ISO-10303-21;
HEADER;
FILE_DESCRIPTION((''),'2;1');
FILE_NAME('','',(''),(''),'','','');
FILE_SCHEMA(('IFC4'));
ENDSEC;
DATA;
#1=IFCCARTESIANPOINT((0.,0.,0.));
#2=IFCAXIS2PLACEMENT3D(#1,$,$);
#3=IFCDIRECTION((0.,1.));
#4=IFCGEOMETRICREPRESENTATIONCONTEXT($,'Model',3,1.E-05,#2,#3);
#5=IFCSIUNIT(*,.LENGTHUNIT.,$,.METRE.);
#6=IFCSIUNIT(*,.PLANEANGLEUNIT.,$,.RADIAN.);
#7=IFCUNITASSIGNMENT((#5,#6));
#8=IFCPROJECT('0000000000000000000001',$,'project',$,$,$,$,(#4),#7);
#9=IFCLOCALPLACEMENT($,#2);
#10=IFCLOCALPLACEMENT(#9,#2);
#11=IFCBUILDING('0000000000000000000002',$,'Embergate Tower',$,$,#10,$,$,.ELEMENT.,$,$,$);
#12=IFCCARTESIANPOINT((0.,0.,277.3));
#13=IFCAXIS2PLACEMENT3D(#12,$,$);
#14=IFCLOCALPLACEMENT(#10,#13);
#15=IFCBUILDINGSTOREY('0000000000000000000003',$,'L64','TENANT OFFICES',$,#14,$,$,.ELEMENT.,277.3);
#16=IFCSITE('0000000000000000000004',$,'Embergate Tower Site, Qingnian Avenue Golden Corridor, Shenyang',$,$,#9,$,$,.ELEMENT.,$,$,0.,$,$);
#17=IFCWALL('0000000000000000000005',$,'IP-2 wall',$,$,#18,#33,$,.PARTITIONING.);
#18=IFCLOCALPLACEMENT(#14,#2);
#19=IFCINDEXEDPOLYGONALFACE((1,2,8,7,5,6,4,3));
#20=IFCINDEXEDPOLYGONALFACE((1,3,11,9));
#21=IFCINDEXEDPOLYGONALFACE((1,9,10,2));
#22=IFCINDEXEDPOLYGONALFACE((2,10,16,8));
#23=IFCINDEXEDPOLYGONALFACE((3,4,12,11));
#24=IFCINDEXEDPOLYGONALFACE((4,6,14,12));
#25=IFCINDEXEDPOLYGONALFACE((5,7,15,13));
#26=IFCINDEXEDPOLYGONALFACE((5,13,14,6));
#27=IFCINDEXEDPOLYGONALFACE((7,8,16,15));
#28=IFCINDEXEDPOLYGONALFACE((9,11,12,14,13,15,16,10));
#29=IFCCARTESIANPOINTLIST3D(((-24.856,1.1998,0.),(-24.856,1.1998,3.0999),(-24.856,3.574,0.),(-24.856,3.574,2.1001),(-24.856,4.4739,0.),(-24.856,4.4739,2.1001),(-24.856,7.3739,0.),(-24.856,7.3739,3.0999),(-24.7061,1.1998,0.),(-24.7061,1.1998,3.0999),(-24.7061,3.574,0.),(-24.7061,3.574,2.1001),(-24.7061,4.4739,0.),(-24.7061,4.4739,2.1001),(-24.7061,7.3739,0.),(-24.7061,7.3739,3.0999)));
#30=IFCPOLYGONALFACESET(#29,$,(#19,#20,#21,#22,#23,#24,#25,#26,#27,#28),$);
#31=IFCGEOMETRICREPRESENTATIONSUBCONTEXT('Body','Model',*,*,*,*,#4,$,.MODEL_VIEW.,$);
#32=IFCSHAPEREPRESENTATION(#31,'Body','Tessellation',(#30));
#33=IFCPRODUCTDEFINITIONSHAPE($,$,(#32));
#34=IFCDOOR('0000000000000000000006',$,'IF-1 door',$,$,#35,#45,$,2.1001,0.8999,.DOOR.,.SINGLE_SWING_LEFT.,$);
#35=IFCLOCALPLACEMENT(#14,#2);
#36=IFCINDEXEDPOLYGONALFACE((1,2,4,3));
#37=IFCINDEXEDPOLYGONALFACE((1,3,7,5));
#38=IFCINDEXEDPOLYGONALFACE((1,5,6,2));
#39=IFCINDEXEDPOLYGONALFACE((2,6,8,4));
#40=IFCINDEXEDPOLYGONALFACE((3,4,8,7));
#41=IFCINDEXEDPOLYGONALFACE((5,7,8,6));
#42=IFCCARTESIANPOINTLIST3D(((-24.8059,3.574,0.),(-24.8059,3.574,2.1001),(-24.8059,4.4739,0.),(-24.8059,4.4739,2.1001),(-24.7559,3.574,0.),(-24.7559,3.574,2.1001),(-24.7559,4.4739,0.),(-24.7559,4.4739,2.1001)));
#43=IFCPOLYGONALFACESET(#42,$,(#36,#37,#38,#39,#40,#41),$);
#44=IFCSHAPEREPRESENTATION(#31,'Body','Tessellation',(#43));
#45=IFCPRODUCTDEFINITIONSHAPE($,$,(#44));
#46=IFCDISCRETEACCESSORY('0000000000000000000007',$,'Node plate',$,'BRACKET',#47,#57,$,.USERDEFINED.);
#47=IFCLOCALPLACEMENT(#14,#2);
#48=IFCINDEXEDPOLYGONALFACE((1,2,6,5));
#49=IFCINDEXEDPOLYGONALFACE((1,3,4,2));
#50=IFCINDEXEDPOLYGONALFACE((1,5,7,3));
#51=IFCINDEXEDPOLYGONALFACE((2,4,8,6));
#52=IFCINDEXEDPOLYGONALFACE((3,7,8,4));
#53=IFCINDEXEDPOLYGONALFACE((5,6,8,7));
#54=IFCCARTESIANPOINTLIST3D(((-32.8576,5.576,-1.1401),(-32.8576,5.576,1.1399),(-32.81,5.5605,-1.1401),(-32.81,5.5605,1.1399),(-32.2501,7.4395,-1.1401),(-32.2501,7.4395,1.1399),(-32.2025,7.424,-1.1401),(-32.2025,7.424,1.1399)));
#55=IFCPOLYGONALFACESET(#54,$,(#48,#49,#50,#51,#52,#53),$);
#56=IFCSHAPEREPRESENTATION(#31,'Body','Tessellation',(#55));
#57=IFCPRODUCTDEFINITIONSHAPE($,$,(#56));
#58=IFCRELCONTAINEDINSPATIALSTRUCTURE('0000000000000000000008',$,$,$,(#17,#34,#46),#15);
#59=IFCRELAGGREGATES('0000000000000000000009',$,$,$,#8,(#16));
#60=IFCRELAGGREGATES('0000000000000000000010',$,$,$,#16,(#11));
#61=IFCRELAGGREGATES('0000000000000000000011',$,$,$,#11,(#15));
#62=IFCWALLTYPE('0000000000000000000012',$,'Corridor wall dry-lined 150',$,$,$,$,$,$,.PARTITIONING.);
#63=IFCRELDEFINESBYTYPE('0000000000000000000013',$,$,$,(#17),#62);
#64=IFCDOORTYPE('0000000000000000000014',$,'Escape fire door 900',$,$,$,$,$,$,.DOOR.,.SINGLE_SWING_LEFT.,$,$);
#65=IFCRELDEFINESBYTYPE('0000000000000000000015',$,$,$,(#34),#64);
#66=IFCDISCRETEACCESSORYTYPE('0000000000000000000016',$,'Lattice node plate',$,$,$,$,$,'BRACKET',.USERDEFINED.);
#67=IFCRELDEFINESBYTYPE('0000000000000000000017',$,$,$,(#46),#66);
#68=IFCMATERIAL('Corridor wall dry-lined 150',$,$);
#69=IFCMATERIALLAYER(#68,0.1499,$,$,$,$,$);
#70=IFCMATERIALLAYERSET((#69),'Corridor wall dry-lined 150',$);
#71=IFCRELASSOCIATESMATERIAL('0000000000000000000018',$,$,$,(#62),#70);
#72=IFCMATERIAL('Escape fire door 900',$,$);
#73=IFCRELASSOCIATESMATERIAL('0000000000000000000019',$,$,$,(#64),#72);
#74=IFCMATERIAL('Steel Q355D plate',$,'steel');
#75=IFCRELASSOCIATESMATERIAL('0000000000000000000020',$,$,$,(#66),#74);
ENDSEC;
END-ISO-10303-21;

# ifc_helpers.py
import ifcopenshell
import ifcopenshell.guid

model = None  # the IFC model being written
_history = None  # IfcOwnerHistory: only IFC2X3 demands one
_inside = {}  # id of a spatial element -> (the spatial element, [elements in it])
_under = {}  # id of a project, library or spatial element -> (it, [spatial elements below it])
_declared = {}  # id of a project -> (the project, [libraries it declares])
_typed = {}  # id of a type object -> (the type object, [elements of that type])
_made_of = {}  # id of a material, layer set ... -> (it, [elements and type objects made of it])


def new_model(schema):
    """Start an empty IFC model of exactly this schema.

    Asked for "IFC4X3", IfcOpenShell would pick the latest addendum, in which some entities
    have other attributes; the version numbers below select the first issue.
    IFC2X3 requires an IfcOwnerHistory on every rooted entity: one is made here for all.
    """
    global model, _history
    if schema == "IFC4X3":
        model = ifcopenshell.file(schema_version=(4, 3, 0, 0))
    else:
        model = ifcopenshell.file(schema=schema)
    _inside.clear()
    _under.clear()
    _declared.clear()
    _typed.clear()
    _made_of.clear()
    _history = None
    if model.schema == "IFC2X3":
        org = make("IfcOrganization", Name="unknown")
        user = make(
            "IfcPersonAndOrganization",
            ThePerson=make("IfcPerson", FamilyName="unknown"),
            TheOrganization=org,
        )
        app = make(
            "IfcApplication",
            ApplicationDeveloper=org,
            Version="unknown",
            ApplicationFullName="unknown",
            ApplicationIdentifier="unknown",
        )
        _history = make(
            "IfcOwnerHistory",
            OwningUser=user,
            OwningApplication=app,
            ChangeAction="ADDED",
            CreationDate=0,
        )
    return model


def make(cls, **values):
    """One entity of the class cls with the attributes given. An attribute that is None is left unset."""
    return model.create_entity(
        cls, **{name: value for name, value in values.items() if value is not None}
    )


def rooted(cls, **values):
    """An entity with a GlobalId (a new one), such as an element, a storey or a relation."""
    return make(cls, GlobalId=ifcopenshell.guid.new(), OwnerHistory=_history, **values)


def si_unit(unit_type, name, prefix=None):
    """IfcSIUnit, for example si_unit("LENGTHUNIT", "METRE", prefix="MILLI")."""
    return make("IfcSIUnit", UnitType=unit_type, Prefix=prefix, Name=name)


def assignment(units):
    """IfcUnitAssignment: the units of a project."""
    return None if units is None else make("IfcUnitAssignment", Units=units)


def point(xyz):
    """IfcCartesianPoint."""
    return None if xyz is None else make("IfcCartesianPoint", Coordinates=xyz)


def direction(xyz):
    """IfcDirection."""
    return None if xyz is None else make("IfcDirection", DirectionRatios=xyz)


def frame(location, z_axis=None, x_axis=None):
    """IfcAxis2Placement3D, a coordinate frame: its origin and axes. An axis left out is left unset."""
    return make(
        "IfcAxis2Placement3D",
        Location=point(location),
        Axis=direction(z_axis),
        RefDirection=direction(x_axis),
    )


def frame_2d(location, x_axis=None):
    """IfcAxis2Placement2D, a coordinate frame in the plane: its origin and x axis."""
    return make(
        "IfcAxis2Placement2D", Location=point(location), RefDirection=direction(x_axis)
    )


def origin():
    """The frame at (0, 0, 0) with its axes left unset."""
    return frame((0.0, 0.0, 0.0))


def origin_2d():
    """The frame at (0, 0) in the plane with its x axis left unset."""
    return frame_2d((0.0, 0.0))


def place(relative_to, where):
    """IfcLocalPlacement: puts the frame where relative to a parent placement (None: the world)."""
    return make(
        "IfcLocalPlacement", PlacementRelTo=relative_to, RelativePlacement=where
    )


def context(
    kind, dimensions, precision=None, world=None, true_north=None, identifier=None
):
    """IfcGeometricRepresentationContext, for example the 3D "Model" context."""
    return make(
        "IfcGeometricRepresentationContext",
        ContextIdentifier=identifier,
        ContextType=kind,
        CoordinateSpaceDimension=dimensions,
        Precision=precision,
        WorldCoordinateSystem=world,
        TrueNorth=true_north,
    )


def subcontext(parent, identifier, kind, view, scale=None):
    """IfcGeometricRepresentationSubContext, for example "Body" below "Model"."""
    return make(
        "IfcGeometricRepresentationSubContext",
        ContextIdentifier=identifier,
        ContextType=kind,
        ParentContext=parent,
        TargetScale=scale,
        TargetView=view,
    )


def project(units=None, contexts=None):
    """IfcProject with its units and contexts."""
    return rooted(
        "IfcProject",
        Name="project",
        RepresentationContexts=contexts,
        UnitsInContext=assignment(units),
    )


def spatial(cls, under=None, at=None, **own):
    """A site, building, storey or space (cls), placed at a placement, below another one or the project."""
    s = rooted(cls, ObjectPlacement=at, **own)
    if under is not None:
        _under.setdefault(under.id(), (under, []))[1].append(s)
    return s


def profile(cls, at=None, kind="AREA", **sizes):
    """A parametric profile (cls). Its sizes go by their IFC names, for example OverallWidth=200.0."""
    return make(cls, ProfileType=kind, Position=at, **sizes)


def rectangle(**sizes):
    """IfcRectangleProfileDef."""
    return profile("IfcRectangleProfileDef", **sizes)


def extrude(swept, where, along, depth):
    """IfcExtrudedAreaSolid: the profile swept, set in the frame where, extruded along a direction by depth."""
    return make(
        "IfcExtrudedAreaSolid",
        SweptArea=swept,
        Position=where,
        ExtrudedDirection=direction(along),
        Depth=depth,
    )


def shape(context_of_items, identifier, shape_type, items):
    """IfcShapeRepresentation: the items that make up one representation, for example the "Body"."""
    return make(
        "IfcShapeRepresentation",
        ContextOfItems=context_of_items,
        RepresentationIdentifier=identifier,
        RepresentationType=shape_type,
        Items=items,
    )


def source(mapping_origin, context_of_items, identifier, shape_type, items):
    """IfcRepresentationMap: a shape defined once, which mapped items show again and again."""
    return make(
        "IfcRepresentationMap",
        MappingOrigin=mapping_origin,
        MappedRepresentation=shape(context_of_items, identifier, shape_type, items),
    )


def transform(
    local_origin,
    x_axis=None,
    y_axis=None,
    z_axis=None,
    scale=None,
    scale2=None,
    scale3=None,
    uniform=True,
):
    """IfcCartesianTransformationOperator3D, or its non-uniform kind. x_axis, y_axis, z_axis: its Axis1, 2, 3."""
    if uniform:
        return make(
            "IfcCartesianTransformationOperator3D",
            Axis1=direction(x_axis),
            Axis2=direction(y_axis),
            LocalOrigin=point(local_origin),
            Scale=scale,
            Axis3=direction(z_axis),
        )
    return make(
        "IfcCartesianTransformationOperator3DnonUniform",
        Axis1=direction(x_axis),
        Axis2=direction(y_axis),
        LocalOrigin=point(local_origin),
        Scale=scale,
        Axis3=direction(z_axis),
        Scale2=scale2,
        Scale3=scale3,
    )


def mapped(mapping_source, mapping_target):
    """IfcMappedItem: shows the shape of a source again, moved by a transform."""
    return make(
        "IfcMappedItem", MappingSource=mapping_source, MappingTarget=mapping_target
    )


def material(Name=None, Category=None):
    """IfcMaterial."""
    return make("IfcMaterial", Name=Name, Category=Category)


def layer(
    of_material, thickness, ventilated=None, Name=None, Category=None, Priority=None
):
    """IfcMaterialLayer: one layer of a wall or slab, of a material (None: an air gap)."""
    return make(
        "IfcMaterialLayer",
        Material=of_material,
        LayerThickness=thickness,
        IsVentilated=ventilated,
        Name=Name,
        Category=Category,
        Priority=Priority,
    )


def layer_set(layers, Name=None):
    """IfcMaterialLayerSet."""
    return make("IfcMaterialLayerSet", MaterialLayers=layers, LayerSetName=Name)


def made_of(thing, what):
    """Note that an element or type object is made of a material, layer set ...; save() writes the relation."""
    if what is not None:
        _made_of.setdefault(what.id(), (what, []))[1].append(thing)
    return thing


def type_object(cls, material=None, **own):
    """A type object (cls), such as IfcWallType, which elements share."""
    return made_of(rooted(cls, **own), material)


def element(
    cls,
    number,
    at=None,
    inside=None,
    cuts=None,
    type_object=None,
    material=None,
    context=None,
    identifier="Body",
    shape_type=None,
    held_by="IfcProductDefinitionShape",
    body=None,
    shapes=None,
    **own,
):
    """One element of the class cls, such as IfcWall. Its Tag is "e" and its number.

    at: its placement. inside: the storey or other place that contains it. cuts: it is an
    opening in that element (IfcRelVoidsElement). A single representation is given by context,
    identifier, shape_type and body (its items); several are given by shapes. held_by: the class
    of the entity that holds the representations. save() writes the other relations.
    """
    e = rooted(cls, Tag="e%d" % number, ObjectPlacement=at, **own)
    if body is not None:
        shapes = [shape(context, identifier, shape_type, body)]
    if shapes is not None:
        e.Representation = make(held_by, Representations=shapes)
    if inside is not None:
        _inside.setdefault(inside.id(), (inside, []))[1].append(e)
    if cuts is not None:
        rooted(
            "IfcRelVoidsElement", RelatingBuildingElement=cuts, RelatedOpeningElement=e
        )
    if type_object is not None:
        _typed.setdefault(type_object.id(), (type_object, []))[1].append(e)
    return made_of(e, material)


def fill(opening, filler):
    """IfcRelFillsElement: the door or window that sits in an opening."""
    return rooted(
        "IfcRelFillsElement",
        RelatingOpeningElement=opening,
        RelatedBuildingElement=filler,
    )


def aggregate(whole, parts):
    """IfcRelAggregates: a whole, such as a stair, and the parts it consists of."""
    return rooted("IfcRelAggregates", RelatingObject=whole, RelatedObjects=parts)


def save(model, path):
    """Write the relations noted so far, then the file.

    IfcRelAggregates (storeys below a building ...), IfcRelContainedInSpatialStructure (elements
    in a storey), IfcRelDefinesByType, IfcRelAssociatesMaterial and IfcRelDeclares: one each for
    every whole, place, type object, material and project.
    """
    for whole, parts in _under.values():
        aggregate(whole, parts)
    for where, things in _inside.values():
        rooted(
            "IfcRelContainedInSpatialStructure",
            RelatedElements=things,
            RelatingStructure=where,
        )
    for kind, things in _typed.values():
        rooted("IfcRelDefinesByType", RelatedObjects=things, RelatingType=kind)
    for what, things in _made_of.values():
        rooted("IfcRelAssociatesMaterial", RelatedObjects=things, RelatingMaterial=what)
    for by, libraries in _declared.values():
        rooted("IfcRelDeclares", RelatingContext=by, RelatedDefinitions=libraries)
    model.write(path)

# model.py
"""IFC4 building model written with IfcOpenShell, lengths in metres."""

from ifc_helpers import new_model, si_unit, direction, frame, frame_2d, origin, origin_2d, place, context, subcontext, project, spatial, rectangle, extrude, source, transform, mapped, material, layer, layer_set, type_object, element, fill, save


model = new_model("IFC4")

# Units and contexts
model_context = context("Model", 3, precision=1e-05, world=origin(), true_north=direction((0.0, 1.0)))
body_context = subcontext(model_context, "Body", "Model", "MODEL_VIEW")
ifc_project = project(units=[si_unit("LENGTHUNIT", "METRE"), si_unit("PLANEANGLEUNIT", "RADIAN")], contexts=[model_context])

# Site, building, storey
site_placement = place(None, origin())
site = spatial("IfcSite", under=ifc_project, at=site_placement, Name="Embergate Tower Site, Qingnian Avenue Golden Corridor, Shenyang", CompositionType="ELEMENT", RefElevation=0.0)
building_placement = place(site_placement, origin())
building = spatial("IfcBuilding", under=site, at=building_placement, Name="Embergate Tower", CompositionType="ELEMENT")
storey_placement = place(building_placement, frame((0.0, 0.0, 277.3)))
storey = spatial("IfcBuildingStorey", under=building, at=storey_placement, Name="L64", Description="TENANT OFFICES", CompositionType="ELEMENT", Elevation=277.3)

# Shared definitions
ifc_material_1 = material(Name="Corridor wall dry-lined 150")
ifc_layer_1 = layer(ifc_material_1, 0.1499)
ifc_layer_set_1 = layer_set([ifc_layer_1], Name="Corridor wall dry-lined 150")
wall_type_1 = type_object("IfcWallType", Name="Corridor wall dry-lined 150", PredefinedType="PARTITIONING", material=ifc_layer_set_1)

# Wall, opening, door
shared_shape_1 = source(origin(), body_context, "Body", "SweptSolid", [
    extrude(rectangle(XDim=6.1741, YDim=0.1499, at=frame_2d((3.0869, 0.0))), origin(), (0.0, 0.0, 1.0), 3.0999),
])
wall_1_placement = place(storey_placement, frame((-24.781, 1.2, 0.0), z_axis=(0.0, 0.0, 1.0), x_axis=(0.0, 1.0, 0.0)))
wall_1 = element("IfcWall", 1, at=wall_1_placement, inside=storey, type_object=wall_type_1, Name="IP-2 wall", PredefinedType="PARTITIONING", context=body_context, shape_type="MappedRepresentation", body=[
    mapped(shared_shape_1, transform((0.0, 0.0, 0.0))),
])
shared_shape_2 = source(origin(), body_context, "Body", "SweptSolid", [
    extrude(rectangle(XDim=0.8999, YDim=2.1001, at=frame_2d((0.45, 1.05))), frame((0.0, 0.085, 0.0), z_axis=(0.0, -1.0, 0.0), x_axis=(1.0, 0.0, 0.0)), (0.0, 0.0, 1.0), 0.1699),
])
opening_placement = place(wall_1_placement, frame((2.374, 0.0, 0.0)))
opening = element("IfcOpeningElement", 2, at=opening_placement, cuts=wall_1, PredefinedType="OPENING", context=body_context, shape_type="MappedRepresentation", body=[
    mapped(shared_shape_2, transform((0.0, 0.0, 0.0))),
])
ifc_material_2 = material(Name="Escape fire door 900")
door_type = type_object("IfcDoorType", Name="Escape fire door 900", OperationType="SINGLE_SWING_LEFT", PredefinedType="DOOR", material=ifc_material_2)
shared_shape_3 = source(origin(), body_context, "Body", "SweptSolid", [
    extrude(rectangle(XDim=0.8999, YDim=2.1001, at=frame_2d((0.45, 1.05))), frame((0.0, 0.0249, 0.0), z_axis=(0.0, -1.0, 0.0), x_axis=(1.0, 0.0, 0.0)), (0.0, 0.0, 1.0), 0.05),
])
door_placement = place(opening_placement, origin())
door = element("IfcDoor", 3, at=door_placement, inside=storey, type_object=door_type, Name="IF-1 door", OperationType="SINGLE_SWING_LEFT", OverallHeight=2.1001, OverallWidth=0.8999, PredefinedType="DOOR", context=body_context, shape_type="MappedRepresentation", body=[
    mapped(shared_shape_3, transform((0.0, 0.0, 0.0))),
])
fill(opening, door)

# Discrete accessory
ifc_material_3 = material(Name="Steel Q355D plate", Category="steel")
discrete_accessory_type = type_object("IfcDiscreteAccessoryType", Name="Lattice node plate", ElementType="BRACKET", PredefinedType="USERDEFINED", material=ifc_material_3)
shared_shape_4 = source(origin(), body_context, "Body", "SweptSolid", [
    extrude(rectangle(XDim=1.96, YDim=0.05, at=origin_2d()), origin(), (0.0, 0.0, 1.0), 2.28),
])
discrete_accessory_placement = place(storey_placement, frame((-32.53, 6.5, -1.1401), z_axis=(0.0, 0.0, 1.0), x_axis=(-0.309946, -0.950754, 0.0)))
element("IfcDiscreteAccessory", 4, at=discrete_accessory_placement, inside=storey, type_object=discrete_accessory_type, Name="Node plate", ObjectType="BRACKET", PredefinedType="USERDEFINED", context=body_context, shape_type="MappedRepresentation", body=[
    mapped(shared_shape_4, transform((0.0, 0.0, 0.0))),
])

save(model, "model.ifc")
